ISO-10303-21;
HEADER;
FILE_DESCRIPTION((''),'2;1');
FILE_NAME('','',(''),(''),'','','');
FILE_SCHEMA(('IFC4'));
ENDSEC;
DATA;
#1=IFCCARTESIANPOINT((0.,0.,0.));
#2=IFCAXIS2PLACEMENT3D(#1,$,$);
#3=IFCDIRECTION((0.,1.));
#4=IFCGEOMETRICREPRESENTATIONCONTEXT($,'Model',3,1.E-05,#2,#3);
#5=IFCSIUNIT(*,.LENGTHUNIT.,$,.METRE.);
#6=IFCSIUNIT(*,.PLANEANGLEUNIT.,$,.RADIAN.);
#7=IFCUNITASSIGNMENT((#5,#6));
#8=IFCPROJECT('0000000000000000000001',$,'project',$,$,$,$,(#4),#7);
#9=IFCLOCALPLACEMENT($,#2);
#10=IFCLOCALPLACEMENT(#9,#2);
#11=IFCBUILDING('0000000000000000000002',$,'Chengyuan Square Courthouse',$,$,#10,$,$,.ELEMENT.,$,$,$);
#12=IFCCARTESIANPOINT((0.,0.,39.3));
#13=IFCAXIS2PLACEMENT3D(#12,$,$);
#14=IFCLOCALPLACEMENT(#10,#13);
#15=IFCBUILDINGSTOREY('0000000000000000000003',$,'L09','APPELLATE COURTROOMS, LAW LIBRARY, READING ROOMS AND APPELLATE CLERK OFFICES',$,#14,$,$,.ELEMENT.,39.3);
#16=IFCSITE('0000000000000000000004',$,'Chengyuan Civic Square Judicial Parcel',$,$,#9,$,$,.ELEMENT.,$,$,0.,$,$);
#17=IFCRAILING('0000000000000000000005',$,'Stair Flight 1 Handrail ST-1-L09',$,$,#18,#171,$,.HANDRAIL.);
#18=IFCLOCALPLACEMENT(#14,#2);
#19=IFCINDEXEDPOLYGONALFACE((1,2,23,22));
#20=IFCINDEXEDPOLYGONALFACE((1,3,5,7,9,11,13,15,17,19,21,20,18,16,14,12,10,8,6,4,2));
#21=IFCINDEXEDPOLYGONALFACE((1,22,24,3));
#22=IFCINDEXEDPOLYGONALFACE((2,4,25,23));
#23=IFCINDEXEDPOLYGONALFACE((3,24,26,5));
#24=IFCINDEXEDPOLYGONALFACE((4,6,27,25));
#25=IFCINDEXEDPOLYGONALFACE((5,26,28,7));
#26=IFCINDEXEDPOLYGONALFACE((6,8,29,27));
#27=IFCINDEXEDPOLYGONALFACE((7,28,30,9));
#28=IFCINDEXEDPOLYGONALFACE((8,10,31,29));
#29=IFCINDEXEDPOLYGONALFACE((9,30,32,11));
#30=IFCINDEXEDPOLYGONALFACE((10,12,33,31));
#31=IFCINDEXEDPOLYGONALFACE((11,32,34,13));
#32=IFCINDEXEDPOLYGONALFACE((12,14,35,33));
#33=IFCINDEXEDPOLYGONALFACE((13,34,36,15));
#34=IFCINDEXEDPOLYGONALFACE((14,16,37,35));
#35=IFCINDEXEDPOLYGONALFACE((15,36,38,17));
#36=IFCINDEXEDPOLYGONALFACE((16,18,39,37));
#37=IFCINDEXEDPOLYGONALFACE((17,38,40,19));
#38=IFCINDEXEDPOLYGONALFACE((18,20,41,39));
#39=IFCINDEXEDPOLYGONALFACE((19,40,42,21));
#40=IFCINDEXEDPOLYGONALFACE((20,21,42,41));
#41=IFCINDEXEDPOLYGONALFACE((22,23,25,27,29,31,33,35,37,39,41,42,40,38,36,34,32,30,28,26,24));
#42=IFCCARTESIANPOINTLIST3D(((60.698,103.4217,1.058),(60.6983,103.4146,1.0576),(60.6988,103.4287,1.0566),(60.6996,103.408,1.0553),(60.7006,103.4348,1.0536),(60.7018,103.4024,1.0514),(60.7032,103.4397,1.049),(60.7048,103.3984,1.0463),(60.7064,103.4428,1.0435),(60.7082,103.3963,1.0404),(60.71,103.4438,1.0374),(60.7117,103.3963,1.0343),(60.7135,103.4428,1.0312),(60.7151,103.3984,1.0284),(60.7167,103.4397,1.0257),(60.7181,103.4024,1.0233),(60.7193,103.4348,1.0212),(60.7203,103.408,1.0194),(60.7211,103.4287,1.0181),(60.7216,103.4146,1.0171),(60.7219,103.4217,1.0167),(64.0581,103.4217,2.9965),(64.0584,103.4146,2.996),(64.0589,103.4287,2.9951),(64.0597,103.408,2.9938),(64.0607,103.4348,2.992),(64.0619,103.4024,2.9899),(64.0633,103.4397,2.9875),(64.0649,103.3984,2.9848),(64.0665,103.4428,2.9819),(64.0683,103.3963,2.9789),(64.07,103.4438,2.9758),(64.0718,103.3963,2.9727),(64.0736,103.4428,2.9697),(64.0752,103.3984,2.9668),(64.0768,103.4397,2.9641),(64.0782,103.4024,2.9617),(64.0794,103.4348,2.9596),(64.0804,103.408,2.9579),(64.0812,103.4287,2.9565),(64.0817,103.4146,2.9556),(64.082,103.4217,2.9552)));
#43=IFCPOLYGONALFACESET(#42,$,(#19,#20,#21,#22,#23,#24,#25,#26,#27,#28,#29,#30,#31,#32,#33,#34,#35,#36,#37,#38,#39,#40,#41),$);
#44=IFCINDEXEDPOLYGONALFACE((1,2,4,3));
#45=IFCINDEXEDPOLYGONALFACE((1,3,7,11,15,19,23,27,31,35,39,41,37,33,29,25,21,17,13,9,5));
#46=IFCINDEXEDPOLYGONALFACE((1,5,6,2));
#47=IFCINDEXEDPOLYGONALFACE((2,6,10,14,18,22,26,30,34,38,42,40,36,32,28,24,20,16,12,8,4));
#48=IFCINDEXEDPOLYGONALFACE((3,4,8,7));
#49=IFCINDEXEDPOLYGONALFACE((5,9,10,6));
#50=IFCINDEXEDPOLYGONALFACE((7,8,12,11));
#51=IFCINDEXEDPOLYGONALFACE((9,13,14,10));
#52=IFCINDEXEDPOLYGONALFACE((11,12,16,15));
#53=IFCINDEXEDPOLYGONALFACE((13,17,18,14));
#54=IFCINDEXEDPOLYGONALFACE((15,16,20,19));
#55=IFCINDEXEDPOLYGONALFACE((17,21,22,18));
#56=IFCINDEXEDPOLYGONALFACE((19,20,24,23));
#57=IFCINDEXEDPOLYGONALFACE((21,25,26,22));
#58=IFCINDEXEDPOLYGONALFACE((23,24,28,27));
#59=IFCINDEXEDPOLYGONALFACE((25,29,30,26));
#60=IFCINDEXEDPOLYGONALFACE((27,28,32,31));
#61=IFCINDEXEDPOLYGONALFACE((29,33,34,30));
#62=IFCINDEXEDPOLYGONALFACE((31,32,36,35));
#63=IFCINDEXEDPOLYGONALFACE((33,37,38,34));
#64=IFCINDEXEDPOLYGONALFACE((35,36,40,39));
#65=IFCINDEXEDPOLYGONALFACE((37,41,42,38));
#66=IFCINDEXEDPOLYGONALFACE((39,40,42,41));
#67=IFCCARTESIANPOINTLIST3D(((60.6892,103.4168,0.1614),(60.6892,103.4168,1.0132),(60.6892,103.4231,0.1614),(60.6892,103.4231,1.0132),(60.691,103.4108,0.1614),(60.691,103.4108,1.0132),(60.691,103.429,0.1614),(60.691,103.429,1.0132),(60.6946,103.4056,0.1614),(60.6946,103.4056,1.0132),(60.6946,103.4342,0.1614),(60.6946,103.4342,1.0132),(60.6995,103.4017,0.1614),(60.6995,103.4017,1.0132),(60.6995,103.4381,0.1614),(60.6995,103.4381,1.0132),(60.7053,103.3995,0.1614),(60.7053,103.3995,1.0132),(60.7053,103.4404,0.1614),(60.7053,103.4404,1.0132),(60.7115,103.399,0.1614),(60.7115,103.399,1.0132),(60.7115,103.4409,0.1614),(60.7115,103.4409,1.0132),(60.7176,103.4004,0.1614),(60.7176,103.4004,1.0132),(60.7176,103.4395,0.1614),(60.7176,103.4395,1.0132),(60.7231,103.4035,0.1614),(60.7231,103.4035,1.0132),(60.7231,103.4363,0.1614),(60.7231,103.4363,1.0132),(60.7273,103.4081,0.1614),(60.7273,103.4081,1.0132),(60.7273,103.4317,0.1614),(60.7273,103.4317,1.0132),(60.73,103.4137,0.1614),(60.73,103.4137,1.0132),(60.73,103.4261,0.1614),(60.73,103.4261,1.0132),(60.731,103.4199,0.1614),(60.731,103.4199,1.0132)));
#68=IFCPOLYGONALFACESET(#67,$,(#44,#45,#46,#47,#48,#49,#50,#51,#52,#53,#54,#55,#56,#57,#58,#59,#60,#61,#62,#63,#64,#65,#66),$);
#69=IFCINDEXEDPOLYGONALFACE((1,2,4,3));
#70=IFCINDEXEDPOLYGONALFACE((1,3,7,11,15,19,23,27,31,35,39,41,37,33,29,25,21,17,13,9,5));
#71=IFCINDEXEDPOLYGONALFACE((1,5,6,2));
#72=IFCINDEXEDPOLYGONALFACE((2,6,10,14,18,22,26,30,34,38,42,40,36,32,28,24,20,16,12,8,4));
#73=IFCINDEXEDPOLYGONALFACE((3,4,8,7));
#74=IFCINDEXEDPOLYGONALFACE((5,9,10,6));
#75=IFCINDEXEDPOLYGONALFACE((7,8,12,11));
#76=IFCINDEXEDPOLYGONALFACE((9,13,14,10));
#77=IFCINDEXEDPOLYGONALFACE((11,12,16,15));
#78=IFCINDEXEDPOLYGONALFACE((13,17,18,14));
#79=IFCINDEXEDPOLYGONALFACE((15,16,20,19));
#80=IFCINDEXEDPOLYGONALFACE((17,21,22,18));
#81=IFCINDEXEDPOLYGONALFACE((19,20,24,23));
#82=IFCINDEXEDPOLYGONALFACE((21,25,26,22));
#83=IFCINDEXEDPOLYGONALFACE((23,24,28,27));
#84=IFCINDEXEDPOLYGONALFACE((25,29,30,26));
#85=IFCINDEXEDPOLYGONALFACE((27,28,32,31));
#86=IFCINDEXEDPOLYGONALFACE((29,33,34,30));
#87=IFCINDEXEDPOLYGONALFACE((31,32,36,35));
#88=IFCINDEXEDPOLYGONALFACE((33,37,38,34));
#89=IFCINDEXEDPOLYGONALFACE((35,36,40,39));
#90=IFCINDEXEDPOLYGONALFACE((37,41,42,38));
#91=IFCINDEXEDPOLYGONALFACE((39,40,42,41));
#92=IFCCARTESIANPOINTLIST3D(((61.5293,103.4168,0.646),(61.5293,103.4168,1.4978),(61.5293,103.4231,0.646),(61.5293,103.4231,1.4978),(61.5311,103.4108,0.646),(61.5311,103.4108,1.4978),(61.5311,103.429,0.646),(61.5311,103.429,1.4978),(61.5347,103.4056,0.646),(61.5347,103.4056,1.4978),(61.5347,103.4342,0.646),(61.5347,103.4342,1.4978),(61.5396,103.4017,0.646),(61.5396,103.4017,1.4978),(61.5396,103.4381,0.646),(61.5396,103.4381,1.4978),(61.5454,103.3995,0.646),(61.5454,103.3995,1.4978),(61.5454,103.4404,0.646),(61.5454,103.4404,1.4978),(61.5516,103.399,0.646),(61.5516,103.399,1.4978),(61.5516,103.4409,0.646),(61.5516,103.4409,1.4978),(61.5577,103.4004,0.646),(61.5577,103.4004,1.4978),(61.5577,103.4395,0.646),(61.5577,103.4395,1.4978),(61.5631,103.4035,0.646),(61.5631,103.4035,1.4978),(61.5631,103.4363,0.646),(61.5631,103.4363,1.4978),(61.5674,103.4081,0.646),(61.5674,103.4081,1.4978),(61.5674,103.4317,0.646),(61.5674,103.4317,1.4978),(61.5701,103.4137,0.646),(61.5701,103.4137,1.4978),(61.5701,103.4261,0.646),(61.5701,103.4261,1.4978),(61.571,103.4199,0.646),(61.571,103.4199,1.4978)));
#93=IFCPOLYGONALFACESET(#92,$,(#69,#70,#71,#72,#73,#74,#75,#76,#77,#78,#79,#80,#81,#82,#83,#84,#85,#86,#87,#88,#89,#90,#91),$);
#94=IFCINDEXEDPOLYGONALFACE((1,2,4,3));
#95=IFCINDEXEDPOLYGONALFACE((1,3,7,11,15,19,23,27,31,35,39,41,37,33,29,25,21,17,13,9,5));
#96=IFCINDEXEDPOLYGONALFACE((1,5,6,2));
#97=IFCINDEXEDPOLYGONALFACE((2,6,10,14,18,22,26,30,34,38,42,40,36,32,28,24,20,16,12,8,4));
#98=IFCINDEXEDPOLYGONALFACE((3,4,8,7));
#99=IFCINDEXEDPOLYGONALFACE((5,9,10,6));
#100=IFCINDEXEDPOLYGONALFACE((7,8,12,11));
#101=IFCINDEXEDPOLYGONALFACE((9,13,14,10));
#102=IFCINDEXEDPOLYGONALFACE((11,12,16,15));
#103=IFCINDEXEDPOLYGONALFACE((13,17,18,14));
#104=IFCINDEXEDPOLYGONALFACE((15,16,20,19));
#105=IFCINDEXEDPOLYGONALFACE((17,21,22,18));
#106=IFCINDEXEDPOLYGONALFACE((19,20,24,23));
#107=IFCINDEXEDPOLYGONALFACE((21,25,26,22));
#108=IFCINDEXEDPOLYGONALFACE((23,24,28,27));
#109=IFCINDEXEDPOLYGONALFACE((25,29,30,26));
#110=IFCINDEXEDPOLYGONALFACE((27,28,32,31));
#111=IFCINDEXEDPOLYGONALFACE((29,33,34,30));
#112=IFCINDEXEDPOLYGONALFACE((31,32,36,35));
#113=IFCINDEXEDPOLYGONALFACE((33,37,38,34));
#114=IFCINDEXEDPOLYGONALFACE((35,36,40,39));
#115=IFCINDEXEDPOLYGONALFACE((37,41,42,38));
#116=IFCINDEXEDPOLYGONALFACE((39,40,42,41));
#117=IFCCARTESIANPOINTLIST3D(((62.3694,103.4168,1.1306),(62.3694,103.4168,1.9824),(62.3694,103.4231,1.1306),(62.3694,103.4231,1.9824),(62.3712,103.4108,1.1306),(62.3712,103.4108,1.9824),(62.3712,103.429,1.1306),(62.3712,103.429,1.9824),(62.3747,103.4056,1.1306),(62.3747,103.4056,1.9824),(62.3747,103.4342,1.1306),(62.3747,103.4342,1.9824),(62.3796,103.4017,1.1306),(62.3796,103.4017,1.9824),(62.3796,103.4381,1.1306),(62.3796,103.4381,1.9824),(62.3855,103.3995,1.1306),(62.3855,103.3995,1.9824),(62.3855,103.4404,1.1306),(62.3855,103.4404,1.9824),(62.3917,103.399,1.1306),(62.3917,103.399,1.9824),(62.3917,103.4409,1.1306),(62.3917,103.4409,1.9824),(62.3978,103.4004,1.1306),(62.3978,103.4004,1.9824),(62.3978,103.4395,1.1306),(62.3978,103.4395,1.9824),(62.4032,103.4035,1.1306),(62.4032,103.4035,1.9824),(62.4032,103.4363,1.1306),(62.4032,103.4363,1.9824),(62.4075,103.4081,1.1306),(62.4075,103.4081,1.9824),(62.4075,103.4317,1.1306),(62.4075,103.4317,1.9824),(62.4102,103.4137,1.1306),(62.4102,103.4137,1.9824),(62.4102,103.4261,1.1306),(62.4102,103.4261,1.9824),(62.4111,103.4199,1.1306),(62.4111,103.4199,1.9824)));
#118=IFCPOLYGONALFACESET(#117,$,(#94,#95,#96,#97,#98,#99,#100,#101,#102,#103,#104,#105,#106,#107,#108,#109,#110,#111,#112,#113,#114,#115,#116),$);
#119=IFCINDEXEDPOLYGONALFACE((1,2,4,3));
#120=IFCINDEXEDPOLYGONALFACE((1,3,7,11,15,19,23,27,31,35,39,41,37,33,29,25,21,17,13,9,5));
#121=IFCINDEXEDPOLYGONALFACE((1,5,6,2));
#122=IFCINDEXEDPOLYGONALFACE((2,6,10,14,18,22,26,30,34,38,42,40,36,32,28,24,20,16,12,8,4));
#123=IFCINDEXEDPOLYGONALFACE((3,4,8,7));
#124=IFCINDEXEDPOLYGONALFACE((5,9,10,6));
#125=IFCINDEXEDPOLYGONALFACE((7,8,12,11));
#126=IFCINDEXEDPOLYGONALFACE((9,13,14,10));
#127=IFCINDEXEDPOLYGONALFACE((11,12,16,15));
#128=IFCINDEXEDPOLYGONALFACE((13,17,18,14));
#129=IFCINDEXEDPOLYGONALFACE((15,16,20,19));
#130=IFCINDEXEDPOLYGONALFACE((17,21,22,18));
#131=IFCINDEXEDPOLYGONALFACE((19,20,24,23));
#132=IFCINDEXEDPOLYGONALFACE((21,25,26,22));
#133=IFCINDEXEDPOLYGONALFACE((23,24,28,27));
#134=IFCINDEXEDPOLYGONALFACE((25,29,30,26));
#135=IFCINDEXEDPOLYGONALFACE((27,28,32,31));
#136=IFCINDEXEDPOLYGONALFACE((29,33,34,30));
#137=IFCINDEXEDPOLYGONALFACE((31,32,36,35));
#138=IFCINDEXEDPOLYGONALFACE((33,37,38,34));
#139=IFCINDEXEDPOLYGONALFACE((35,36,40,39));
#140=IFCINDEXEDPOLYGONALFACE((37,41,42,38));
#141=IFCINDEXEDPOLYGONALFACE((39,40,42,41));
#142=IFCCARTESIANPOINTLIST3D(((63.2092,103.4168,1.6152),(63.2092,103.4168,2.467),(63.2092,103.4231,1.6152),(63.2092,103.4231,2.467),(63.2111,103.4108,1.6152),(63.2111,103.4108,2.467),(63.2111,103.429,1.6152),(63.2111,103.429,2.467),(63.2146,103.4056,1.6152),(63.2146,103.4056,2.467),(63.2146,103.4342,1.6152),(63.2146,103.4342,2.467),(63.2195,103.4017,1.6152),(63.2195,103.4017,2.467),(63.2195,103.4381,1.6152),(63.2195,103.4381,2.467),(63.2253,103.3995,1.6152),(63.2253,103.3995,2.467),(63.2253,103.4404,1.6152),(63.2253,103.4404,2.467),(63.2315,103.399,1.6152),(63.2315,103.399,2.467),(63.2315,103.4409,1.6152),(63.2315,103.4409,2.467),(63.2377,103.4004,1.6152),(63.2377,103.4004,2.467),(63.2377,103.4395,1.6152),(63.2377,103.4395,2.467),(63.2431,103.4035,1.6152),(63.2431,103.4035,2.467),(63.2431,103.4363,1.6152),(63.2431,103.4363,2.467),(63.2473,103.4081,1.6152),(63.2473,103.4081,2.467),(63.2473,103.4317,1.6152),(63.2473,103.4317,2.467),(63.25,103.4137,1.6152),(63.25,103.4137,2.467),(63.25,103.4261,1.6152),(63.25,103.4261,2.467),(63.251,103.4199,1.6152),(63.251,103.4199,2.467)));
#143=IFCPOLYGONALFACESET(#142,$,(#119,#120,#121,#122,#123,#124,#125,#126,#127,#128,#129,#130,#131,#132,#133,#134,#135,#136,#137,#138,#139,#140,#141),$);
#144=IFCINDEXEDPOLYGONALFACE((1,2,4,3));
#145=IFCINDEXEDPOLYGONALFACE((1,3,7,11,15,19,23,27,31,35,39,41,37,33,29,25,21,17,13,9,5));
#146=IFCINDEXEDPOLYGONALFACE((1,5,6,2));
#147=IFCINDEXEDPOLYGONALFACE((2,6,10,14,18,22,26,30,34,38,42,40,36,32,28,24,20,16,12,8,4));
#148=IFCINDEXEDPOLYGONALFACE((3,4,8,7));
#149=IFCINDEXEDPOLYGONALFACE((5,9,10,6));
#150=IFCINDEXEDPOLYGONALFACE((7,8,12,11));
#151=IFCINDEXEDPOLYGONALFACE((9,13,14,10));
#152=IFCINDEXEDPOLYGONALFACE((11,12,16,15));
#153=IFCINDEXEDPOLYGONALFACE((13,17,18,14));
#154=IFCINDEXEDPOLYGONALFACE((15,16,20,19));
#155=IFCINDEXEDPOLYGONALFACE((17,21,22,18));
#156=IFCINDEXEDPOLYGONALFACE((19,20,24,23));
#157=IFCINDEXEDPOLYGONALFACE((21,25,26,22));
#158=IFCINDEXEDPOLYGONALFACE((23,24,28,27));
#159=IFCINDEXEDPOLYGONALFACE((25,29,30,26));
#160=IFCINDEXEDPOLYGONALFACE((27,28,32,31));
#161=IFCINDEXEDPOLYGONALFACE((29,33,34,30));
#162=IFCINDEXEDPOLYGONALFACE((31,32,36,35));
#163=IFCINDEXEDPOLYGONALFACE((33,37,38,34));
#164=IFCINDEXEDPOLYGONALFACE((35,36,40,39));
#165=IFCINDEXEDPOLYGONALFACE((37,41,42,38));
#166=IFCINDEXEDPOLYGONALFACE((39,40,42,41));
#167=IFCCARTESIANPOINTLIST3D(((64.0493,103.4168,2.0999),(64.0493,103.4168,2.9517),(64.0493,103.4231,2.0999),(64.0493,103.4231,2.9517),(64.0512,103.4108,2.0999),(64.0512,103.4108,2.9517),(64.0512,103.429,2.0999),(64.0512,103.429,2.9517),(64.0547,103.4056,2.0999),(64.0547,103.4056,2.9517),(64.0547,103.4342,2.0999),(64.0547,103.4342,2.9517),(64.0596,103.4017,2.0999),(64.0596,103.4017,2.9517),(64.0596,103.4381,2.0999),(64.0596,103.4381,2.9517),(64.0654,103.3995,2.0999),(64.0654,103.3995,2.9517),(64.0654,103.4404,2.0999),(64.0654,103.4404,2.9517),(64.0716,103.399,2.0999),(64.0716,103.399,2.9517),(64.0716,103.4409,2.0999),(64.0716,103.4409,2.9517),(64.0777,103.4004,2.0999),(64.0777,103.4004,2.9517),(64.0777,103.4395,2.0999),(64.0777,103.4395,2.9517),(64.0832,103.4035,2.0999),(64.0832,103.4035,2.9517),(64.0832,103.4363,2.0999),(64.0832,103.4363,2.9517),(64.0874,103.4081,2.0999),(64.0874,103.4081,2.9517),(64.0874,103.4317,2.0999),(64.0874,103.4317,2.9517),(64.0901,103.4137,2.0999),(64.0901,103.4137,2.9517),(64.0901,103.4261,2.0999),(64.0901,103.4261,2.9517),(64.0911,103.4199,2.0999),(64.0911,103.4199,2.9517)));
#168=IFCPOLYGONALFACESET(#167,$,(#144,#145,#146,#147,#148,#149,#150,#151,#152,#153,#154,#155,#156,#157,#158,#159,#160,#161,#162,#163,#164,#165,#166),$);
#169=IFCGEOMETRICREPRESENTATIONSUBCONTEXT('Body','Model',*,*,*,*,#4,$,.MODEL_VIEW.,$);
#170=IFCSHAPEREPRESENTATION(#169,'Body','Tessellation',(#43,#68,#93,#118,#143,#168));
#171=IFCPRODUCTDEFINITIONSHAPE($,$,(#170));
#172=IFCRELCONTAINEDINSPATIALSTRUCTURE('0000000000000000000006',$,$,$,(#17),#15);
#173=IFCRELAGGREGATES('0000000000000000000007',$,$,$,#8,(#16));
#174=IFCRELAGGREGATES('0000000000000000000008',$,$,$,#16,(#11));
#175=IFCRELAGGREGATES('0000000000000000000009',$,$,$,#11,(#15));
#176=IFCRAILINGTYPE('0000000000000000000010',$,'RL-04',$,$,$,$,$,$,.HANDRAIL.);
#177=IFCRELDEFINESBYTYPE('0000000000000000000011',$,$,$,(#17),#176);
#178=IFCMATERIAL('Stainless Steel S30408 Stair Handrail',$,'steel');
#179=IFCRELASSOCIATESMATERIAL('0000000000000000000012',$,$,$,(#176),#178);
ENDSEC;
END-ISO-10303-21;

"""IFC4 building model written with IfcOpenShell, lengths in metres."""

from ifc_helpers import new_model, si_unit, direction, frame, origin, origin_2d, place, context, subcontext, project, spatial, circle, extrude, material, type_object, element, save


model = new_model("IFC4")

# Units and contexts
model_context = context("Model", 3, precision=1e-05, world=origin(), true_north=direction((0.0, 1.0)))
body_context = subcontext(model_context, "Body", "Model", "MODEL_VIEW")
ifc_project = project(units=[si_unit("LENGTHUNIT", "METRE"), si_unit("PLANEANGLEUNIT", "RADIAN")], contexts=[model_context])

# Site, building, storey
site_placement = place(None, origin())
site = spatial("IfcSite", under=ifc_project, at=site_placement, Name="Chengyuan Civic Square Judicial Parcel", CompositionType="ELEMENT", RefElevation=0.0)
building_placement = place(site_placement, origin())
building = spatial("IfcBuilding", under=site, at=building_placement, Name="Chengyuan Square Courthouse", CompositionType="ELEMENT")
storey_placement = place(building_placement, frame((0.0, 0.0, 39.3)))
storey = spatial("IfcBuildingStorey", under=building, at=storey_placement, Name="L09", Description="APPELLATE COURTROOMS, LAW LIBRARY, READING ROOMS AND APPELLATE CLERK OFFICES", CompositionType="ELEMENT", Elevation=39.3)

# Railing
ifc_material_1 = material(Name="Stainless Steel S30408 Stair Handrail", Category="steel")
railing_type_1 = type_object("IfcRailingType", Name="RL-04", PredefinedType="HANDRAIL", material=ifc_material_1)
railing_1_placement = place(storey_placement, frame((60.71, 103.4199, 0.1614)))
element("IfcRailing", 1, at=railing_1_placement, inside=storey, type_object=railing_type_1, Name="Stair Flight 1 Handrail ST-1-L09", PredefinedType="HANDRAIL", context=body_context, shape_type="SweptSolid", body=[
    extrude(circle(Radius=0.0239, at=origin_2d()), frame((0.0, 0.0, 0.876), z_axis=(0.866191, 0.0, 0.499713), x_axis=(0.0, 1.0, 0.0)), (0.0, 0.0, 1.0), 3.8792),
    extrude(circle(Radius=0.021, at=origin_2d()), origin(), (0.0, 0.0, 1.0), 0.8518),
    extrude(circle(Radius=0.021, at=origin_2d()), frame((0.8401, 0.0, 0.4846)), (0.0, 0.0, 1.0), 0.8518),
    extrude(circle(Radius=0.021, at=origin_2d()), frame((1.6802, 0.0, 0.9692)), (0.0, 0.0, 1.0), 0.8518),
    extrude(circle(Radius=0.021, at=origin_2d()), frame((2.52, 0.0, 1.4539)), (0.0, 0.0, 1.0), 0.8518),
    extrude(circle(Radius=0.021, at=origin_2d()), frame((3.3601, 0.0, 1.9385)), (0.0, 0.0, 1.0), 0.8518),
])

save(model, "model.ifc")
